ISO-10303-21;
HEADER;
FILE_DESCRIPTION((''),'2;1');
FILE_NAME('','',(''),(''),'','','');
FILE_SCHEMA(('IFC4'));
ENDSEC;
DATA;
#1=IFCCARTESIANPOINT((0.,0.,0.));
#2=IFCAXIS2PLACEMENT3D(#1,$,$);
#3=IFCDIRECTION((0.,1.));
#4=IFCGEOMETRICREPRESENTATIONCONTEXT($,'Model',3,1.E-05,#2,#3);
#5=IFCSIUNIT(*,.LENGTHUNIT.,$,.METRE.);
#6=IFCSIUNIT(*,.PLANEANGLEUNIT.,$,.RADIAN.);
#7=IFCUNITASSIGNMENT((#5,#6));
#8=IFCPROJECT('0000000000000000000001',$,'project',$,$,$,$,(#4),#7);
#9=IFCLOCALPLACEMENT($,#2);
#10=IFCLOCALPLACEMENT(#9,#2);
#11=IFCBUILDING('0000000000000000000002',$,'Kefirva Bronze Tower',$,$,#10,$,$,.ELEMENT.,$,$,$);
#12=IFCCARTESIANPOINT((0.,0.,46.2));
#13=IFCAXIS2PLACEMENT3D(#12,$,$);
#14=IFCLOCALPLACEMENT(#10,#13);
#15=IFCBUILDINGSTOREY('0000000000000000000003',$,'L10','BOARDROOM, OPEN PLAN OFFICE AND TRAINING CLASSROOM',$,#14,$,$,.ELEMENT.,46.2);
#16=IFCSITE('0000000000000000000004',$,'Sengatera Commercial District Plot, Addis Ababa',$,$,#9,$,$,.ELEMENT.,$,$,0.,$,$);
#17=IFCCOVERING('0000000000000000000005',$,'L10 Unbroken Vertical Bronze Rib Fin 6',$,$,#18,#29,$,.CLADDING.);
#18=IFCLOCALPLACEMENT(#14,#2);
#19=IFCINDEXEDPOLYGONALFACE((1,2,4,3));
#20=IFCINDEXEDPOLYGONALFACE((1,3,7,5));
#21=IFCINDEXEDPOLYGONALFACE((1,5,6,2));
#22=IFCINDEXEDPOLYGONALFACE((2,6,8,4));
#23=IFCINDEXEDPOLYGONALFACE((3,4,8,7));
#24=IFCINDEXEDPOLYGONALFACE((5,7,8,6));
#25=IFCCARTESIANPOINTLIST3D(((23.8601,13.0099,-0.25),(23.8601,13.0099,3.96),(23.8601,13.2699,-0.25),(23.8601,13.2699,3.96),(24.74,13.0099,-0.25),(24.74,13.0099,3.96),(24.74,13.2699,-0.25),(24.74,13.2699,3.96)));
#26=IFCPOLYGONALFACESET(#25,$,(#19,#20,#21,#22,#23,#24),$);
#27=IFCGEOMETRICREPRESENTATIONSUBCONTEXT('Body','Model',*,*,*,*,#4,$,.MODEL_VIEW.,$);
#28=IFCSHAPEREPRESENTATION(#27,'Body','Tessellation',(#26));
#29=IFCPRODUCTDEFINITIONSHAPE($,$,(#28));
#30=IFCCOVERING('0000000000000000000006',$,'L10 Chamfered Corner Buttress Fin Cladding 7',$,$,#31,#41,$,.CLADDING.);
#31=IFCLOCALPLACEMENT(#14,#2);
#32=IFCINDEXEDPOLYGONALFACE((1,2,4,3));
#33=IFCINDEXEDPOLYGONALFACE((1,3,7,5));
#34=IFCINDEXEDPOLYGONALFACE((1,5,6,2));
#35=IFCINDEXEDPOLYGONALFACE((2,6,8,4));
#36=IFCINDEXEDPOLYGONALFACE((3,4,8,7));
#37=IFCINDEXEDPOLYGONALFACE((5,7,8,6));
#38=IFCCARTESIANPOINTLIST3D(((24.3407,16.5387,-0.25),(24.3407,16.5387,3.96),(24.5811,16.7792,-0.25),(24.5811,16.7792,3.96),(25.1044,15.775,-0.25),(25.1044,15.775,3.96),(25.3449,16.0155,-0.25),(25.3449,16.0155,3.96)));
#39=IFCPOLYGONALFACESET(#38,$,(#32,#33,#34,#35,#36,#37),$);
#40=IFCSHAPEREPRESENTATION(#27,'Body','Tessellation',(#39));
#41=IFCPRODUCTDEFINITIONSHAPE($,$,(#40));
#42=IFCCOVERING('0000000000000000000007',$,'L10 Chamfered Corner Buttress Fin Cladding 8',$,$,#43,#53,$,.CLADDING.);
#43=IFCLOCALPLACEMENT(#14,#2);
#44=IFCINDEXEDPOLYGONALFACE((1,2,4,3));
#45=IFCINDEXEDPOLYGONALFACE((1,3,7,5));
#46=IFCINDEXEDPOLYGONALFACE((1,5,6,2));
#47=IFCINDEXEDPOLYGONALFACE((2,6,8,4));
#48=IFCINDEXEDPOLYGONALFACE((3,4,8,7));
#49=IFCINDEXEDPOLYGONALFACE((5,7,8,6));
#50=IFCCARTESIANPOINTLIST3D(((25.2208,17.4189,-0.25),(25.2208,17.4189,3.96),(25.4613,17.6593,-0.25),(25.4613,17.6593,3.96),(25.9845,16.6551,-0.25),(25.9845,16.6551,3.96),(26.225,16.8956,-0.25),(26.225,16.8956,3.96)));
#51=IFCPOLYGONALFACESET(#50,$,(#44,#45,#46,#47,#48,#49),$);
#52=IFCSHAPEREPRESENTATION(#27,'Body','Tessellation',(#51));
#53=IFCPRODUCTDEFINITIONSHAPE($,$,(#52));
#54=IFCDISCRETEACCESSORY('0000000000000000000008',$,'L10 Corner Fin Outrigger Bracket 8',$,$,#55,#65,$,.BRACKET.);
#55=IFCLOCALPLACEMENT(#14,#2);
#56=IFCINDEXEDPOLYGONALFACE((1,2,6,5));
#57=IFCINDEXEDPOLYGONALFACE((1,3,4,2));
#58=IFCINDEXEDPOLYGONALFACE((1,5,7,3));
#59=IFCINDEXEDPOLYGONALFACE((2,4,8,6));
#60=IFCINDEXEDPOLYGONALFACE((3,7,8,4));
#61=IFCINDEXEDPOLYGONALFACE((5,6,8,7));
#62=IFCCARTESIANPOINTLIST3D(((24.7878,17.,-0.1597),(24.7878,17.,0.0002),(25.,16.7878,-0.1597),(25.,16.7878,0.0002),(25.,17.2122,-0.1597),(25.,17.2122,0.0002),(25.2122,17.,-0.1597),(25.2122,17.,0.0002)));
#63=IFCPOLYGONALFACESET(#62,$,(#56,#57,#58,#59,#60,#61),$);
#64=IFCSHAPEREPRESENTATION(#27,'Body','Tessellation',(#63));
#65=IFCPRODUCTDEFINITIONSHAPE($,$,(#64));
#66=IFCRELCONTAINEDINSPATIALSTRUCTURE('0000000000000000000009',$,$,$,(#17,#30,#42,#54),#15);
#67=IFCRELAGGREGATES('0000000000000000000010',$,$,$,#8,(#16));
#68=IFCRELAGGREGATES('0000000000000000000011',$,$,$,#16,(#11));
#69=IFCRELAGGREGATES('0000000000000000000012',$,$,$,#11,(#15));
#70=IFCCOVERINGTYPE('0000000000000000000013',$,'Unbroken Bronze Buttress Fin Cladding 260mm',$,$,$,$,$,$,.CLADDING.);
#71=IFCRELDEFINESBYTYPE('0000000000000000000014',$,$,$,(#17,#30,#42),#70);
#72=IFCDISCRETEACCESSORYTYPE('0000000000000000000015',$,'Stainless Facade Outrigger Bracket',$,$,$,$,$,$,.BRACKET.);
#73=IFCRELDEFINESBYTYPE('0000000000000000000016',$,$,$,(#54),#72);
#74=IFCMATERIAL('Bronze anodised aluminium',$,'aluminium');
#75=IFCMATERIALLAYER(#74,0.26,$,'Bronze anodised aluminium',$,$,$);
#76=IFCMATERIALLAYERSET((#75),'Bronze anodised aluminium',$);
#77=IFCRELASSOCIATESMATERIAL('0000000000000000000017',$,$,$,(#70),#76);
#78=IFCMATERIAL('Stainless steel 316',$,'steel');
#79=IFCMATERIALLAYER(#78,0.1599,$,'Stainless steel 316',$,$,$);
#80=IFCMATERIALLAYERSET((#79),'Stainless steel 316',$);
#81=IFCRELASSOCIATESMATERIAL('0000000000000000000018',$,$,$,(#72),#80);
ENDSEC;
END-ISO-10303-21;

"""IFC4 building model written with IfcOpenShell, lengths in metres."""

from ifc_helpers import new_model, si_unit, direction, frame, origin, origin_2d, place, context, subcontext, project, spatial, rectangle, extrude, material, layer, layer_set, type_object, element, save


model = new_model("IFC4")

# Units and contexts
model_context = context("Model", 3, precision=1e-05, world=origin(), true_north=direction((0.0, 1.0)))
body_context = subcontext(model_context, "Body", "Model", "MODEL_VIEW")
ifc_project = project(units=[si_unit("LENGTHUNIT", "METRE"), si_unit("PLANEANGLEUNIT", "RADIAN")], contexts=[model_context])

# Site, building, storey
site_placement = place(None, origin())
site = spatial("IfcSite", under=ifc_project, at=site_placement, Name="Sengatera Commercial District Plot, Addis Ababa", CompositionType="ELEMENT", RefElevation=0.0)
building_placement = place(site_placement, origin())
building = spatial("IfcBuilding", under=site, at=building_placement, Name="Kefirva Bronze Tower", CompositionType="ELEMENT")
storey_placement = place(building_placement, frame((0.0, 0.0, 46.2)))
storey = spatial("IfcBuildingStorey", under=building, at=storey_placement, Name="L10", Description="BOARDROOM, OPEN PLAN OFFICE AND TRAINING CLASSROOM", CompositionType="ELEMENT", Elevation=46.2)

# Shared definitions
ifc_material_1 = material(Name="Bronze anodised aluminium", Category="aluminium")

# Coverings
ifc_layer_1 = layer(ifc_material_1, 0.26, Name="Bronze anodised aluminium")
ifc_layer_set_1 = layer_set([ifc_layer_1], Name="Bronze anodised aluminium")
covering_type_1 = type_object("IfcCoveringType", Name="Unbroken Bronze Buttress Fin Cladding 260mm", PredefinedType="CLADDING", material=ifc_layer_set_1)
covering_1_placement = place(storey_placement, frame((24.3, 13.1399, -0.25), z_axis=(0.0, 0.0, 1.0), x_axis=(0.0, 1.0, 0.0)))
element("IfcCovering", 1, at=covering_1_placement, inside=storey, type_object=covering_type_1, Name="L10 Unbroken Vertical Bronze Rib Fin 6", PredefinedType="CLADDING", context=body_context, shape_type="SweptSolid", body=[
    extrude(rectangle(XDim=0.26, YDim=0.8799, at=origin_2d()), origin(), (0.0, 0.0, 1.0), 4.21),
])
for number, where, z_axis, x_axis, name in (
    (2, (24.8428, 16.2771, -0.25), (0.0, 0.0, 1.0), (0.707107, 0.707107, 0.0), "L10 Chamfered Corner Buttress Fin Cladding 7"),
    (3, (25.7229, 17.1572, -0.25), (0.0, 0.0, 1.0), (0.707107, 0.707107, 0.0), "L10 Chamfered Corner Buttress Fin Cladding 8"),
):
    element("IfcCovering", number, at=place(storey_placement, frame(where, z_axis=z_axis, x_axis=x_axis)), inside=storey, type_object=covering_type_1, Name=name, PredefinedType="CLADDING", context=body_context, shape_type="SweptSolid", body=[
        extrude(rectangle(XDim=0.3401, YDim=1.0801, at=origin_2d()), origin(), (0.0, 0.0, 1.0), 4.21),
    ])

# Discrete accessory
ifc_material_2 = material(Name="Stainless steel 316", Category="steel")
ifc_layer_2 = layer(ifc_material_2, 0.1599, Name="Stainless steel 316")
ifc_layer_set_2 = layer_set([ifc_layer_2], Name="Stainless steel 316")
discrete_accessory_type = type_object("IfcDiscreteAccessoryType", Name="Stainless Facade Outrigger Bracket", PredefinedType="BRACKET", material=ifc_layer_set_2)
discrete_accessory_placement = place(storey_placement, frame((25.0, 17.0, -0.1597), z_axis=(0.0, 0.0, 1.0), x_axis=(0.707107, 0.707107, 0.0)))
element("IfcDiscreteAccessory", 4, at=discrete_accessory_placement, inside=storey, type_object=discrete_accessory_type, Name="L10 Corner Fin Outrigger Bracket 8", PredefinedType="BRACKET", context=body_context, shape_type="SweptSolid", body=[
    extrude(rectangle(XDim=0.3, YDim=0.3, at=origin_2d()), origin(), (0.0, 0.0, 1.0), 0.1599),
])

save(model, "model.ifc")
